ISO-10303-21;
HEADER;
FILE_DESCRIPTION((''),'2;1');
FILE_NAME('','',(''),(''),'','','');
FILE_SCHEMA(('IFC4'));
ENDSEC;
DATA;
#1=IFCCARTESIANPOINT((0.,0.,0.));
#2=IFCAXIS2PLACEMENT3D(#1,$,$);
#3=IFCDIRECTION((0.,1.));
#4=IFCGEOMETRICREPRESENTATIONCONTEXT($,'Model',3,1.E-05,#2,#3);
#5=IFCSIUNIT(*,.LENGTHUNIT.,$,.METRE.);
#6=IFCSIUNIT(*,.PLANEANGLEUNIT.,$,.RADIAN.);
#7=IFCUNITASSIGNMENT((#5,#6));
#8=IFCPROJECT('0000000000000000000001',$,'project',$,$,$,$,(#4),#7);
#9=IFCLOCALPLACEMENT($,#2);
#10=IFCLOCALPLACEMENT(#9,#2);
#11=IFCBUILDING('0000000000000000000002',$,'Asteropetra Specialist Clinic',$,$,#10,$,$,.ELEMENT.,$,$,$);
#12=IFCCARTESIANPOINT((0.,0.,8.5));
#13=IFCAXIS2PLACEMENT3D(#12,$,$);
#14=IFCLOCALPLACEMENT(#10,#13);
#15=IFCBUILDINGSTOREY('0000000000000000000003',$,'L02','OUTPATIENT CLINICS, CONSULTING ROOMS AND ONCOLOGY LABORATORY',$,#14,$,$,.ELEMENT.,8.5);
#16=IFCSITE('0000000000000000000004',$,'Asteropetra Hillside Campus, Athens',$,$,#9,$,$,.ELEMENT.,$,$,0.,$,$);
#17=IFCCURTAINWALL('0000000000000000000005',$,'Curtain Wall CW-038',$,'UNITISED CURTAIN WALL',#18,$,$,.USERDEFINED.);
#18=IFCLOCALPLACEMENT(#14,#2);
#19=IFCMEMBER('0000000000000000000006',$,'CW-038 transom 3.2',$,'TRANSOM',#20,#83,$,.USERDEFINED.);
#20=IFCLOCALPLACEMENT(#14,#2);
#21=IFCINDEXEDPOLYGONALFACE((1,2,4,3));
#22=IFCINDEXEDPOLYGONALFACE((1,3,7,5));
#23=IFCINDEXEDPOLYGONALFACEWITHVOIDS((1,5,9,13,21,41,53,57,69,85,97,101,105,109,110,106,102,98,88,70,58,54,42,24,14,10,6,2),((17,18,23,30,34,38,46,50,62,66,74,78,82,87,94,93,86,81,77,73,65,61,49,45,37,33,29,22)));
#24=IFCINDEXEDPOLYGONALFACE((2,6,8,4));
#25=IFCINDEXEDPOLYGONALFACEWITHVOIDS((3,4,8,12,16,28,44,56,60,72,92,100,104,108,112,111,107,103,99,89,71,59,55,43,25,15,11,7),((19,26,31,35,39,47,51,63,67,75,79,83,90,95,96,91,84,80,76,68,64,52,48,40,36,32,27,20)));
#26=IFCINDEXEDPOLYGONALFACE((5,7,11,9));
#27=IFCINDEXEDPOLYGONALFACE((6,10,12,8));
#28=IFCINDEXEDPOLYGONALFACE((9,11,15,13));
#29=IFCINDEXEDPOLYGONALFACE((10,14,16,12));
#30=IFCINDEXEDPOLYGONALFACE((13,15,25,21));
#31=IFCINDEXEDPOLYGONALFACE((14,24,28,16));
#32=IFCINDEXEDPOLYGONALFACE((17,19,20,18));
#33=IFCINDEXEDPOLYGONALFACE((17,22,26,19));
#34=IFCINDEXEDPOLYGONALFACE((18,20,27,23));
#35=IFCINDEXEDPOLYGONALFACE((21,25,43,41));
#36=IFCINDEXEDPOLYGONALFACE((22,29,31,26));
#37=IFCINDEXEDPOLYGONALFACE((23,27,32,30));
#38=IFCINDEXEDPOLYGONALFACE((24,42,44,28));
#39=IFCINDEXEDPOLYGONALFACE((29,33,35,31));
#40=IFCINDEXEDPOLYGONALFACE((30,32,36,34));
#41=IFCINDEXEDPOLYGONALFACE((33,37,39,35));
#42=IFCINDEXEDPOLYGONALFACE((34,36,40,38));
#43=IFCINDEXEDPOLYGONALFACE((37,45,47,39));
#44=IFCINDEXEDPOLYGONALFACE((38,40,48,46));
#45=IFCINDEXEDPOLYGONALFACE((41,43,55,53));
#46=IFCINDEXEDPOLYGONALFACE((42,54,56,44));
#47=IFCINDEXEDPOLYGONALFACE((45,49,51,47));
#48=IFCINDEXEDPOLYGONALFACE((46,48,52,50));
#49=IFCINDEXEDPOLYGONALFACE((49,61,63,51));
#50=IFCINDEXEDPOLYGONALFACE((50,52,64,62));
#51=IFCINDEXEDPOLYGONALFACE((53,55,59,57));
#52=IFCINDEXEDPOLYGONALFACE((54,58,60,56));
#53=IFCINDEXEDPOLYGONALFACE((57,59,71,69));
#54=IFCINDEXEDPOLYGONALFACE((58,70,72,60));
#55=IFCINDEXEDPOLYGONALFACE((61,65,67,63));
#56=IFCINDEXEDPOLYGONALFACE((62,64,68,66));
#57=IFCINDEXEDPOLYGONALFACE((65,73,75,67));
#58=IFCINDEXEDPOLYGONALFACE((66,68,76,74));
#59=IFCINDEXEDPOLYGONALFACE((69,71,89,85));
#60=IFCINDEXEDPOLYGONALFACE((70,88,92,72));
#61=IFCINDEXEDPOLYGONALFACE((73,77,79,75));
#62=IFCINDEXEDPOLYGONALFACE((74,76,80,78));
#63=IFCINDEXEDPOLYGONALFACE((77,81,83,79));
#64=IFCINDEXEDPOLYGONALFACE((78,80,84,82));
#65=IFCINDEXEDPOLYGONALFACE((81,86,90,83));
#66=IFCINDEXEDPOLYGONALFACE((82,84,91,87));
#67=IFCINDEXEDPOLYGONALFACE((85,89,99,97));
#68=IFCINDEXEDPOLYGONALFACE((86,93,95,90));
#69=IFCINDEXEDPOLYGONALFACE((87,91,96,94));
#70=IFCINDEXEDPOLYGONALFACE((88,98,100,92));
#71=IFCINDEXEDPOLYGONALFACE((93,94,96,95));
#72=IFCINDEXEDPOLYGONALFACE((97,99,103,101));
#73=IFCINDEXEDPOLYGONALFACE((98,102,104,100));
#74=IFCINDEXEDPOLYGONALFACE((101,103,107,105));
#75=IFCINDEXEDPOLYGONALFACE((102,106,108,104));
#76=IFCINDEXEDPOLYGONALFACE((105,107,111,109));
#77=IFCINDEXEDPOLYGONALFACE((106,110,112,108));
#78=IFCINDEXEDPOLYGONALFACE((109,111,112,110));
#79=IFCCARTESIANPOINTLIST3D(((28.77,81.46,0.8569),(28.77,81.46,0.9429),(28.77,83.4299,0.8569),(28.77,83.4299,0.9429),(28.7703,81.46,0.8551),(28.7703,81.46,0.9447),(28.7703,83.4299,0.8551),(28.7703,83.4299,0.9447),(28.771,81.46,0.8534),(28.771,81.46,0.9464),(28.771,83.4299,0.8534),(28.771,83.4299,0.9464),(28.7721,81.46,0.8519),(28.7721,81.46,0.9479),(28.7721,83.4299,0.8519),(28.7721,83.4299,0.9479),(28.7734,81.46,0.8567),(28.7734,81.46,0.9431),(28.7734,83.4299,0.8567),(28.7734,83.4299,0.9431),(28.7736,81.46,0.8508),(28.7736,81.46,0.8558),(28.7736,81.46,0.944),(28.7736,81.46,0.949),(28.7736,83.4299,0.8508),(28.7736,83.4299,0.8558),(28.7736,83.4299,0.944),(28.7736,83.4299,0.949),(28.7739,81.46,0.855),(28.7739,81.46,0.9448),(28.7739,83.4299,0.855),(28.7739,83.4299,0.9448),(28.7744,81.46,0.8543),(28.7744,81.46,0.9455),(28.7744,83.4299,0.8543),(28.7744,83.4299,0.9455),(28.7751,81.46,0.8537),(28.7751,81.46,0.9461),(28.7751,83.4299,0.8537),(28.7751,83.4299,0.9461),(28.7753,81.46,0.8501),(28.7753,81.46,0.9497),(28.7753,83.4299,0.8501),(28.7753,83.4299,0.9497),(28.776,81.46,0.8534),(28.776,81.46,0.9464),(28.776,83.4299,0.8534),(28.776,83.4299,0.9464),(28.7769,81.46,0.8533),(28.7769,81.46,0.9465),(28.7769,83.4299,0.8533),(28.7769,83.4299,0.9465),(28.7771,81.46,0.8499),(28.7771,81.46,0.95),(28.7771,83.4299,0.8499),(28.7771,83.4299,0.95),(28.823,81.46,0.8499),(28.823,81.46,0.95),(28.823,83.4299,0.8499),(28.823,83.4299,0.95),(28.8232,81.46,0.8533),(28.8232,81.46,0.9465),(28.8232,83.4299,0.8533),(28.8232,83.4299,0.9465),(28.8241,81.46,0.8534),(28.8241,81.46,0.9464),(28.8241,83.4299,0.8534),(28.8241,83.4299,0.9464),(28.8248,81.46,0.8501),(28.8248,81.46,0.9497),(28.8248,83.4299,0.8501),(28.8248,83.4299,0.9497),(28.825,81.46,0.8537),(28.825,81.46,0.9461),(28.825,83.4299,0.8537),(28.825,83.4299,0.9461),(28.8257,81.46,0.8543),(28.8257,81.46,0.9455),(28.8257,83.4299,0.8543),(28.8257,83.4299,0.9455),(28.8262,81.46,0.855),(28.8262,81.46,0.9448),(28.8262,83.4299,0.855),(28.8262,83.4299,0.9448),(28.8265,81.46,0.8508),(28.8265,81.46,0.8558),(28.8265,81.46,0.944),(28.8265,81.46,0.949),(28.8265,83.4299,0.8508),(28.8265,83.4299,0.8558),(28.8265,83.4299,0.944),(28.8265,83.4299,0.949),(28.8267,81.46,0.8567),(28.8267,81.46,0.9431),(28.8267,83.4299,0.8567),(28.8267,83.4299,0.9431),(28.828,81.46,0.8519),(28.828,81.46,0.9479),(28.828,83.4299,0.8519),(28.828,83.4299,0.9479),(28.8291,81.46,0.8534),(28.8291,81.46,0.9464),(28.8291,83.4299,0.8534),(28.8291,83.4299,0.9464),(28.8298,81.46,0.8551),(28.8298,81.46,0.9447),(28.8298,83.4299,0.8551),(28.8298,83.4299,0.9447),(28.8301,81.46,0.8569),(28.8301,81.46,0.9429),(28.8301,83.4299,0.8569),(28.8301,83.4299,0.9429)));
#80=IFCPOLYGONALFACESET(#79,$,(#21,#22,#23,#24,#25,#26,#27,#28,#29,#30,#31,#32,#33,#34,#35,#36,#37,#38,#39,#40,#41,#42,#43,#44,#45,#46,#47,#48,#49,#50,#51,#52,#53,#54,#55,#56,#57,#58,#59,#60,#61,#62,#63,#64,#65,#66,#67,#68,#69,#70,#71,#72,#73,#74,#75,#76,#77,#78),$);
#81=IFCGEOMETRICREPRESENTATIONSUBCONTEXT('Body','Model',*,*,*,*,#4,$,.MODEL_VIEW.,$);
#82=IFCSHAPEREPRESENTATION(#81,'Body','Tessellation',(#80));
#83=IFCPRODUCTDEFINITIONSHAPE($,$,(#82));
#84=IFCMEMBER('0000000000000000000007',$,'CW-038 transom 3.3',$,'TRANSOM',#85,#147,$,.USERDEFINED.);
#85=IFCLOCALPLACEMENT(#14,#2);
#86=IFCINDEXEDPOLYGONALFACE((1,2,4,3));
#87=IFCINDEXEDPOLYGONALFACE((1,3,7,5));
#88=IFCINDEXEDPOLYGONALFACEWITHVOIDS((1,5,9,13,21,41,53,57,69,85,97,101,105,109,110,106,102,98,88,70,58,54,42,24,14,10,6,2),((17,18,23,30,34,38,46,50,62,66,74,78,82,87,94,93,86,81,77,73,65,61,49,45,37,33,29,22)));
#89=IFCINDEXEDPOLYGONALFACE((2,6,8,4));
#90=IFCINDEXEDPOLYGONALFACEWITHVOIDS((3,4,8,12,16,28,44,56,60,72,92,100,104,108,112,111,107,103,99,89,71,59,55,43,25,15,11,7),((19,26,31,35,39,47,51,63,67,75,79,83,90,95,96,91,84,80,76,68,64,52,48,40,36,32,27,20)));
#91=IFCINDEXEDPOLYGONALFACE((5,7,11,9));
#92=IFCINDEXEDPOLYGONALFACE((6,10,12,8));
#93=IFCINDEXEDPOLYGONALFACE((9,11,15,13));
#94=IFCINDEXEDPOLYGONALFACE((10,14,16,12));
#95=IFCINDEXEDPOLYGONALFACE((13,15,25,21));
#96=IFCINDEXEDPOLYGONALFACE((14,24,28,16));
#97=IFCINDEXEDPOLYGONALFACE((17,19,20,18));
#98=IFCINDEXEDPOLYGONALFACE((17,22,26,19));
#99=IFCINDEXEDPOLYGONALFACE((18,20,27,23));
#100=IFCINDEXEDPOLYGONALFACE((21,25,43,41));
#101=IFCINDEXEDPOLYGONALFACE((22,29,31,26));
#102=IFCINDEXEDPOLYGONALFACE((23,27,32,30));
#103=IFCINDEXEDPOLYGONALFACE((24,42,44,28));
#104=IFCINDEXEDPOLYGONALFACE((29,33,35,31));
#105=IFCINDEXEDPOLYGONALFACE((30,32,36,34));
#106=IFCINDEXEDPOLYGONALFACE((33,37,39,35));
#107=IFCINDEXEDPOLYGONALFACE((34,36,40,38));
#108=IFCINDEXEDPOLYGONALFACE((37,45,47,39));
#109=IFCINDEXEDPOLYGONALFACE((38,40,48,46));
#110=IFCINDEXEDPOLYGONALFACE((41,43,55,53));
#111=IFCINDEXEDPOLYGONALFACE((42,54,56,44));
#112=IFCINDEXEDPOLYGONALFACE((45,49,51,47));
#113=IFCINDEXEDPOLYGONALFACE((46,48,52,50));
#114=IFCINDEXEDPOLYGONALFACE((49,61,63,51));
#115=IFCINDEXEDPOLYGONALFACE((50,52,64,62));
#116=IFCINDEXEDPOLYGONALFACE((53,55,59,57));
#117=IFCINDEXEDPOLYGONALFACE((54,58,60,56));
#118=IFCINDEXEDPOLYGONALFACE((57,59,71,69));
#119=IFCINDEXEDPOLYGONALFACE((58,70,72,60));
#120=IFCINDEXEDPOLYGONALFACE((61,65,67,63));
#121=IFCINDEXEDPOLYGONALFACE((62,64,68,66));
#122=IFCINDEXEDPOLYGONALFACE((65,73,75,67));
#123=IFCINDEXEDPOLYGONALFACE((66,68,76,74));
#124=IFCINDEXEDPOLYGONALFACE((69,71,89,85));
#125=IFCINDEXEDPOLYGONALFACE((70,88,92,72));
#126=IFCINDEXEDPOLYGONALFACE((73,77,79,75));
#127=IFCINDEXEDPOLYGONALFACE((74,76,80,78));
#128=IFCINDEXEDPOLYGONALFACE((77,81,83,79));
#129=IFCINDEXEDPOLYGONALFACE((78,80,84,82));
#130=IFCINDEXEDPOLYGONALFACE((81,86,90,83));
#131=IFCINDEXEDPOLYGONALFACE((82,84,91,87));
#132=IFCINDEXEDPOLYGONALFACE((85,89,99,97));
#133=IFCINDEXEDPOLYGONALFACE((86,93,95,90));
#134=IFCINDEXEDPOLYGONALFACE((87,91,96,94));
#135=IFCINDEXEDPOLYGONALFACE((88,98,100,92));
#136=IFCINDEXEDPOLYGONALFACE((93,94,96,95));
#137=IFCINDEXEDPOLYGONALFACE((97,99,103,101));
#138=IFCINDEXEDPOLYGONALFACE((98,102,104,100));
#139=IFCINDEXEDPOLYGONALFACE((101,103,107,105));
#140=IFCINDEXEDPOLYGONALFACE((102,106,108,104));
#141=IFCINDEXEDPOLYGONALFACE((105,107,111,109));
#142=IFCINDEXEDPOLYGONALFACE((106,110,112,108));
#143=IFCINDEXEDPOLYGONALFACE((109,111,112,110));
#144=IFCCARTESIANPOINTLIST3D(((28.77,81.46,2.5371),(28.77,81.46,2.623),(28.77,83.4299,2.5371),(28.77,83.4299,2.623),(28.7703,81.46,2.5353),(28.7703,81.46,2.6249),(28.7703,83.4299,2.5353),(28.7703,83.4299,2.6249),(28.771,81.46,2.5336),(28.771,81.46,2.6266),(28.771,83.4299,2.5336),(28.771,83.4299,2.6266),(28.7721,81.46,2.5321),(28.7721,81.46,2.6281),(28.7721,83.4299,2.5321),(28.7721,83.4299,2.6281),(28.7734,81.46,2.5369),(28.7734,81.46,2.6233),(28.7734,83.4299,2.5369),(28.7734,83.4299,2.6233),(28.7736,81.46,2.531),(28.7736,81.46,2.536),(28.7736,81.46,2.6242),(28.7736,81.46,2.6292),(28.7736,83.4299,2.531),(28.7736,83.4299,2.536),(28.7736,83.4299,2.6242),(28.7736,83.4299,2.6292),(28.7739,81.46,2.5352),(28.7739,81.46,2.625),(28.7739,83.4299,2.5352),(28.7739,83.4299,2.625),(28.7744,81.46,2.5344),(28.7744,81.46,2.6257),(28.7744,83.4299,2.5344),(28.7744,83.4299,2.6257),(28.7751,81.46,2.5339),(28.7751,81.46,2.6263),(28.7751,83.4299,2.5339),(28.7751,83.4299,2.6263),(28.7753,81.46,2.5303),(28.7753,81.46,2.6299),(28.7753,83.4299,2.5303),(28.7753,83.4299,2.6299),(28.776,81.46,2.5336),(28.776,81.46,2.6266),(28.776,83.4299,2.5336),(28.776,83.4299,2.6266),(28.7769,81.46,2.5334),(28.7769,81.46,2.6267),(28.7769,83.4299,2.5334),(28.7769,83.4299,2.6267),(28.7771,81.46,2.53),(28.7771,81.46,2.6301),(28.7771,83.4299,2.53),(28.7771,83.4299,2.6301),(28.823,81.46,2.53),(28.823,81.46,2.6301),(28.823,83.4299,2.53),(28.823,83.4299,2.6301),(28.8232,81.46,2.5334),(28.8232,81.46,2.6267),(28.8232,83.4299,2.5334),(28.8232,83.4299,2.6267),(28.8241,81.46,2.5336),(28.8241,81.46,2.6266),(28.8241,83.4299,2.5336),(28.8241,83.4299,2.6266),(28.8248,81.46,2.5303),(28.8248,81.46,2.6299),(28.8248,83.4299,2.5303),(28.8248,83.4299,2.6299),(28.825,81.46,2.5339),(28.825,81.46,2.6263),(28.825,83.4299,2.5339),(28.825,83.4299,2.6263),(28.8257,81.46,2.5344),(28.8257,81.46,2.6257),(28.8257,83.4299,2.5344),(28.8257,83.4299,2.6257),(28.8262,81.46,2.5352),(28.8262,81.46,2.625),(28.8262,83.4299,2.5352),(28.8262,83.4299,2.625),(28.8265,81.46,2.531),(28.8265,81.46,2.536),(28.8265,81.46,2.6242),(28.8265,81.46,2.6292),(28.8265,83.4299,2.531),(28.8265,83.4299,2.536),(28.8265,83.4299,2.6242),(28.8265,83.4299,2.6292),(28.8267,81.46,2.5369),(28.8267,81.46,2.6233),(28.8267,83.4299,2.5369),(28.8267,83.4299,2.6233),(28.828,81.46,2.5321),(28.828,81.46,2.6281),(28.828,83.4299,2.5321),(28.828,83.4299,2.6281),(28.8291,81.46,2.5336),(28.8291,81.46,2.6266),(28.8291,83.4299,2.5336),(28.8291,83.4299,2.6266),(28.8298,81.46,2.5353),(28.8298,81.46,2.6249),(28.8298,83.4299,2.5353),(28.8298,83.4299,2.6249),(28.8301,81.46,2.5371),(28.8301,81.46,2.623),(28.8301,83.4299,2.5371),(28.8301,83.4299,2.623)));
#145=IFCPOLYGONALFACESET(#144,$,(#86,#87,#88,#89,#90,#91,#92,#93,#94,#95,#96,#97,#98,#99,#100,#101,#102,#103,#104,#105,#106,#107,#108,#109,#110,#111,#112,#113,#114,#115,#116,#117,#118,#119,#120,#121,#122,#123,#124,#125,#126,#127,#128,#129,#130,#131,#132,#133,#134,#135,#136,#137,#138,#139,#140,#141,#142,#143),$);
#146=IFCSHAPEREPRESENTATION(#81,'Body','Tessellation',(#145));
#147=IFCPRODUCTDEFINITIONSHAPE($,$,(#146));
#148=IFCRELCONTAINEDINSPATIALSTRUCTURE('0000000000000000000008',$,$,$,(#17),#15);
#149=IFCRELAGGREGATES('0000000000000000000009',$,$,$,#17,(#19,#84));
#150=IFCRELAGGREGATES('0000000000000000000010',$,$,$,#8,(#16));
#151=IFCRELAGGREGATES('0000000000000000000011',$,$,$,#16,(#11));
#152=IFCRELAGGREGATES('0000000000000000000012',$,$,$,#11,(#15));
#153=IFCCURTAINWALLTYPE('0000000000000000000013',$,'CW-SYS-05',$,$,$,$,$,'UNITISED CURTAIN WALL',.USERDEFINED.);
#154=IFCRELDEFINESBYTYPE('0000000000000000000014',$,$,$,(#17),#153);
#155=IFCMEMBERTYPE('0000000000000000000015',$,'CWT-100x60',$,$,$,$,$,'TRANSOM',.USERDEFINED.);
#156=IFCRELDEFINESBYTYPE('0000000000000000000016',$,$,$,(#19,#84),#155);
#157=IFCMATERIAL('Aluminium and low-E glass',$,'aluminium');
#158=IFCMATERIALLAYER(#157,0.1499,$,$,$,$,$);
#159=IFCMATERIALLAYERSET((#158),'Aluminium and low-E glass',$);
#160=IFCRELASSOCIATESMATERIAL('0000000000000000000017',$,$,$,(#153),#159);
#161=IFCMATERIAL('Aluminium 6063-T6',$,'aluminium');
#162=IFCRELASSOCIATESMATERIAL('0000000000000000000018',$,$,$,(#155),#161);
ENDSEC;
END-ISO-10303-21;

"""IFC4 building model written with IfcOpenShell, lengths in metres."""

from ifc_helpers import new_model, si_unit, direction, frame, origin, origin_2d, place, context, subcontext, project, spatial, hollow_rectangle, extrude, material, layer, layer_set, material_profile, profile_set, type_object, element, aggregate, save


model = new_model("IFC4")

# Units and contexts
model_context = context("Model", 3, precision=1e-05, world=origin(), true_north=direction((0.0, 1.0)))
body_context = subcontext(model_context, "Body", "Model", "MODEL_VIEW")
ifc_project = project(units=[si_unit("LENGTHUNIT", "METRE"), si_unit("PLANEANGLEUNIT", "RADIAN")], contexts=[model_context])

# Site, building, storey
site_placement = place(None, origin())
site = spatial("IfcSite", under=ifc_project, at=site_placement, Name="Asteropetra Hillside Campus, Athens", CompositionType="ELEMENT", RefElevation=0.0)
building_placement = place(site_placement, origin())
building = spatial("IfcBuilding", under=site, at=building_placement, Name="Asteropetra Specialist Clinic", CompositionType="ELEMENT")
storey_placement = place(building_placement, frame((0.0, 0.0, 8.5)))
storey = spatial("IfcBuildingStorey", under=building, at=storey_placement, Name="L02", Description="OUTPATIENT CLINICS, CONSULTING ROOMS AND ONCOLOGY LABORATORY", CompositionType="ELEMENT", Elevation=8.5)

# Curtain wall
ifc_material_1 = material(Name="Aluminium and low-E glass", Category="aluminium")
ifc_layer_1 = layer(ifc_material_1, 0.1499)
ifc_layer_set_1 = layer_set([ifc_layer_1], Name="Aluminium and low-E glass")
curtain_wall_type_1 = type_object("IfcCurtainWallType", Name="CW-SYS-05", ElementType="UNITISED CURTAIN WALL", PredefinedType="USERDEFINED", material=ifc_layer_set_1)
curtain_wall_1_placement = place(storey_placement, origin())
curtain_wall_1 = element("IfcCurtainWall", 1, at=curtain_wall_1_placement, inside=storey, type_object=curtain_wall_type_1, Name="Curtain Wall CW-038", ObjectType="UNITISED CURTAIN WALL", PredefinedType="USERDEFINED")

# Members
ifc_material_2 = material(Name="Aluminium 6063-T6", Category="aluminium")
ifc_material_profile_1 = material_profile(ifc_material_2, hollow_rectangle(XDim=0.0601, YDim=0.1001, WallThickness=0.0034, InnerFilletRadius=0.0034, OuterFilletRadius=0.0071, at=origin_2d()), Name="TRN 100x60x3.5")
ifc_profile_set_1 = profile_set([ifc_material_profile_1], Name="Aluminium 6063-T6")
member_type_1 = type_object("IfcMemberType", Name="CWT-100x60", ElementType="TRANSOM", PredefinedType="USERDEFINED", material=ifc_profile_set_1)
member_1_placement = place(storey_placement, frame((28.8, 81.46, 0.8999), z_axis=(0.0, 1.0, 0.0), x_axis=(-1.0, 0.0, 0.0)))
member_1 = element("IfcMember", 2, at=member_1_placement, type_object=member_type_1, Name="CW-038 transom 3.2", ObjectType="TRANSOM", PredefinedType="USERDEFINED", context=body_context, shape_type="SweptSolid", body=[
    extrude(hollow_rectangle(XDim=0.0601, YDim=0.1001, WallThickness=0.0034, InnerFilletRadius=0.0034, OuterFilletRadius=0.0071, at=origin_2d()), origin(), (0.0, 0.0, 1.0), 1.97),
])
member_2_placement = place(storey_placement, frame((28.8, 81.46, 2.5801), z_axis=(0.0, 1.0, 0.0), x_axis=(-1.0, 0.0, 0.0)))
member_2 = element("IfcMember", 3, at=member_2_placement, type_object=member_type_1, Name="CW-038 transom 3.3", ObjectType="TRANSOM", PredefinedType="USERDEFINED", context=body_context, shape_type="SweptSolid", body=[
    extrude(hollow_rectangle(XDim=0.0601, YDim=0.1001, WallThickness=0.0034, InnerFilletRadius=0.0034, OuterFilletRadius=0.0071, at=origin_2d()), origin(), (0.0, 0.0, 1.0), 1.97),
])

aggregate(curtain_wall_1, [member_1, member_2])

save(model, "model.ifc")
